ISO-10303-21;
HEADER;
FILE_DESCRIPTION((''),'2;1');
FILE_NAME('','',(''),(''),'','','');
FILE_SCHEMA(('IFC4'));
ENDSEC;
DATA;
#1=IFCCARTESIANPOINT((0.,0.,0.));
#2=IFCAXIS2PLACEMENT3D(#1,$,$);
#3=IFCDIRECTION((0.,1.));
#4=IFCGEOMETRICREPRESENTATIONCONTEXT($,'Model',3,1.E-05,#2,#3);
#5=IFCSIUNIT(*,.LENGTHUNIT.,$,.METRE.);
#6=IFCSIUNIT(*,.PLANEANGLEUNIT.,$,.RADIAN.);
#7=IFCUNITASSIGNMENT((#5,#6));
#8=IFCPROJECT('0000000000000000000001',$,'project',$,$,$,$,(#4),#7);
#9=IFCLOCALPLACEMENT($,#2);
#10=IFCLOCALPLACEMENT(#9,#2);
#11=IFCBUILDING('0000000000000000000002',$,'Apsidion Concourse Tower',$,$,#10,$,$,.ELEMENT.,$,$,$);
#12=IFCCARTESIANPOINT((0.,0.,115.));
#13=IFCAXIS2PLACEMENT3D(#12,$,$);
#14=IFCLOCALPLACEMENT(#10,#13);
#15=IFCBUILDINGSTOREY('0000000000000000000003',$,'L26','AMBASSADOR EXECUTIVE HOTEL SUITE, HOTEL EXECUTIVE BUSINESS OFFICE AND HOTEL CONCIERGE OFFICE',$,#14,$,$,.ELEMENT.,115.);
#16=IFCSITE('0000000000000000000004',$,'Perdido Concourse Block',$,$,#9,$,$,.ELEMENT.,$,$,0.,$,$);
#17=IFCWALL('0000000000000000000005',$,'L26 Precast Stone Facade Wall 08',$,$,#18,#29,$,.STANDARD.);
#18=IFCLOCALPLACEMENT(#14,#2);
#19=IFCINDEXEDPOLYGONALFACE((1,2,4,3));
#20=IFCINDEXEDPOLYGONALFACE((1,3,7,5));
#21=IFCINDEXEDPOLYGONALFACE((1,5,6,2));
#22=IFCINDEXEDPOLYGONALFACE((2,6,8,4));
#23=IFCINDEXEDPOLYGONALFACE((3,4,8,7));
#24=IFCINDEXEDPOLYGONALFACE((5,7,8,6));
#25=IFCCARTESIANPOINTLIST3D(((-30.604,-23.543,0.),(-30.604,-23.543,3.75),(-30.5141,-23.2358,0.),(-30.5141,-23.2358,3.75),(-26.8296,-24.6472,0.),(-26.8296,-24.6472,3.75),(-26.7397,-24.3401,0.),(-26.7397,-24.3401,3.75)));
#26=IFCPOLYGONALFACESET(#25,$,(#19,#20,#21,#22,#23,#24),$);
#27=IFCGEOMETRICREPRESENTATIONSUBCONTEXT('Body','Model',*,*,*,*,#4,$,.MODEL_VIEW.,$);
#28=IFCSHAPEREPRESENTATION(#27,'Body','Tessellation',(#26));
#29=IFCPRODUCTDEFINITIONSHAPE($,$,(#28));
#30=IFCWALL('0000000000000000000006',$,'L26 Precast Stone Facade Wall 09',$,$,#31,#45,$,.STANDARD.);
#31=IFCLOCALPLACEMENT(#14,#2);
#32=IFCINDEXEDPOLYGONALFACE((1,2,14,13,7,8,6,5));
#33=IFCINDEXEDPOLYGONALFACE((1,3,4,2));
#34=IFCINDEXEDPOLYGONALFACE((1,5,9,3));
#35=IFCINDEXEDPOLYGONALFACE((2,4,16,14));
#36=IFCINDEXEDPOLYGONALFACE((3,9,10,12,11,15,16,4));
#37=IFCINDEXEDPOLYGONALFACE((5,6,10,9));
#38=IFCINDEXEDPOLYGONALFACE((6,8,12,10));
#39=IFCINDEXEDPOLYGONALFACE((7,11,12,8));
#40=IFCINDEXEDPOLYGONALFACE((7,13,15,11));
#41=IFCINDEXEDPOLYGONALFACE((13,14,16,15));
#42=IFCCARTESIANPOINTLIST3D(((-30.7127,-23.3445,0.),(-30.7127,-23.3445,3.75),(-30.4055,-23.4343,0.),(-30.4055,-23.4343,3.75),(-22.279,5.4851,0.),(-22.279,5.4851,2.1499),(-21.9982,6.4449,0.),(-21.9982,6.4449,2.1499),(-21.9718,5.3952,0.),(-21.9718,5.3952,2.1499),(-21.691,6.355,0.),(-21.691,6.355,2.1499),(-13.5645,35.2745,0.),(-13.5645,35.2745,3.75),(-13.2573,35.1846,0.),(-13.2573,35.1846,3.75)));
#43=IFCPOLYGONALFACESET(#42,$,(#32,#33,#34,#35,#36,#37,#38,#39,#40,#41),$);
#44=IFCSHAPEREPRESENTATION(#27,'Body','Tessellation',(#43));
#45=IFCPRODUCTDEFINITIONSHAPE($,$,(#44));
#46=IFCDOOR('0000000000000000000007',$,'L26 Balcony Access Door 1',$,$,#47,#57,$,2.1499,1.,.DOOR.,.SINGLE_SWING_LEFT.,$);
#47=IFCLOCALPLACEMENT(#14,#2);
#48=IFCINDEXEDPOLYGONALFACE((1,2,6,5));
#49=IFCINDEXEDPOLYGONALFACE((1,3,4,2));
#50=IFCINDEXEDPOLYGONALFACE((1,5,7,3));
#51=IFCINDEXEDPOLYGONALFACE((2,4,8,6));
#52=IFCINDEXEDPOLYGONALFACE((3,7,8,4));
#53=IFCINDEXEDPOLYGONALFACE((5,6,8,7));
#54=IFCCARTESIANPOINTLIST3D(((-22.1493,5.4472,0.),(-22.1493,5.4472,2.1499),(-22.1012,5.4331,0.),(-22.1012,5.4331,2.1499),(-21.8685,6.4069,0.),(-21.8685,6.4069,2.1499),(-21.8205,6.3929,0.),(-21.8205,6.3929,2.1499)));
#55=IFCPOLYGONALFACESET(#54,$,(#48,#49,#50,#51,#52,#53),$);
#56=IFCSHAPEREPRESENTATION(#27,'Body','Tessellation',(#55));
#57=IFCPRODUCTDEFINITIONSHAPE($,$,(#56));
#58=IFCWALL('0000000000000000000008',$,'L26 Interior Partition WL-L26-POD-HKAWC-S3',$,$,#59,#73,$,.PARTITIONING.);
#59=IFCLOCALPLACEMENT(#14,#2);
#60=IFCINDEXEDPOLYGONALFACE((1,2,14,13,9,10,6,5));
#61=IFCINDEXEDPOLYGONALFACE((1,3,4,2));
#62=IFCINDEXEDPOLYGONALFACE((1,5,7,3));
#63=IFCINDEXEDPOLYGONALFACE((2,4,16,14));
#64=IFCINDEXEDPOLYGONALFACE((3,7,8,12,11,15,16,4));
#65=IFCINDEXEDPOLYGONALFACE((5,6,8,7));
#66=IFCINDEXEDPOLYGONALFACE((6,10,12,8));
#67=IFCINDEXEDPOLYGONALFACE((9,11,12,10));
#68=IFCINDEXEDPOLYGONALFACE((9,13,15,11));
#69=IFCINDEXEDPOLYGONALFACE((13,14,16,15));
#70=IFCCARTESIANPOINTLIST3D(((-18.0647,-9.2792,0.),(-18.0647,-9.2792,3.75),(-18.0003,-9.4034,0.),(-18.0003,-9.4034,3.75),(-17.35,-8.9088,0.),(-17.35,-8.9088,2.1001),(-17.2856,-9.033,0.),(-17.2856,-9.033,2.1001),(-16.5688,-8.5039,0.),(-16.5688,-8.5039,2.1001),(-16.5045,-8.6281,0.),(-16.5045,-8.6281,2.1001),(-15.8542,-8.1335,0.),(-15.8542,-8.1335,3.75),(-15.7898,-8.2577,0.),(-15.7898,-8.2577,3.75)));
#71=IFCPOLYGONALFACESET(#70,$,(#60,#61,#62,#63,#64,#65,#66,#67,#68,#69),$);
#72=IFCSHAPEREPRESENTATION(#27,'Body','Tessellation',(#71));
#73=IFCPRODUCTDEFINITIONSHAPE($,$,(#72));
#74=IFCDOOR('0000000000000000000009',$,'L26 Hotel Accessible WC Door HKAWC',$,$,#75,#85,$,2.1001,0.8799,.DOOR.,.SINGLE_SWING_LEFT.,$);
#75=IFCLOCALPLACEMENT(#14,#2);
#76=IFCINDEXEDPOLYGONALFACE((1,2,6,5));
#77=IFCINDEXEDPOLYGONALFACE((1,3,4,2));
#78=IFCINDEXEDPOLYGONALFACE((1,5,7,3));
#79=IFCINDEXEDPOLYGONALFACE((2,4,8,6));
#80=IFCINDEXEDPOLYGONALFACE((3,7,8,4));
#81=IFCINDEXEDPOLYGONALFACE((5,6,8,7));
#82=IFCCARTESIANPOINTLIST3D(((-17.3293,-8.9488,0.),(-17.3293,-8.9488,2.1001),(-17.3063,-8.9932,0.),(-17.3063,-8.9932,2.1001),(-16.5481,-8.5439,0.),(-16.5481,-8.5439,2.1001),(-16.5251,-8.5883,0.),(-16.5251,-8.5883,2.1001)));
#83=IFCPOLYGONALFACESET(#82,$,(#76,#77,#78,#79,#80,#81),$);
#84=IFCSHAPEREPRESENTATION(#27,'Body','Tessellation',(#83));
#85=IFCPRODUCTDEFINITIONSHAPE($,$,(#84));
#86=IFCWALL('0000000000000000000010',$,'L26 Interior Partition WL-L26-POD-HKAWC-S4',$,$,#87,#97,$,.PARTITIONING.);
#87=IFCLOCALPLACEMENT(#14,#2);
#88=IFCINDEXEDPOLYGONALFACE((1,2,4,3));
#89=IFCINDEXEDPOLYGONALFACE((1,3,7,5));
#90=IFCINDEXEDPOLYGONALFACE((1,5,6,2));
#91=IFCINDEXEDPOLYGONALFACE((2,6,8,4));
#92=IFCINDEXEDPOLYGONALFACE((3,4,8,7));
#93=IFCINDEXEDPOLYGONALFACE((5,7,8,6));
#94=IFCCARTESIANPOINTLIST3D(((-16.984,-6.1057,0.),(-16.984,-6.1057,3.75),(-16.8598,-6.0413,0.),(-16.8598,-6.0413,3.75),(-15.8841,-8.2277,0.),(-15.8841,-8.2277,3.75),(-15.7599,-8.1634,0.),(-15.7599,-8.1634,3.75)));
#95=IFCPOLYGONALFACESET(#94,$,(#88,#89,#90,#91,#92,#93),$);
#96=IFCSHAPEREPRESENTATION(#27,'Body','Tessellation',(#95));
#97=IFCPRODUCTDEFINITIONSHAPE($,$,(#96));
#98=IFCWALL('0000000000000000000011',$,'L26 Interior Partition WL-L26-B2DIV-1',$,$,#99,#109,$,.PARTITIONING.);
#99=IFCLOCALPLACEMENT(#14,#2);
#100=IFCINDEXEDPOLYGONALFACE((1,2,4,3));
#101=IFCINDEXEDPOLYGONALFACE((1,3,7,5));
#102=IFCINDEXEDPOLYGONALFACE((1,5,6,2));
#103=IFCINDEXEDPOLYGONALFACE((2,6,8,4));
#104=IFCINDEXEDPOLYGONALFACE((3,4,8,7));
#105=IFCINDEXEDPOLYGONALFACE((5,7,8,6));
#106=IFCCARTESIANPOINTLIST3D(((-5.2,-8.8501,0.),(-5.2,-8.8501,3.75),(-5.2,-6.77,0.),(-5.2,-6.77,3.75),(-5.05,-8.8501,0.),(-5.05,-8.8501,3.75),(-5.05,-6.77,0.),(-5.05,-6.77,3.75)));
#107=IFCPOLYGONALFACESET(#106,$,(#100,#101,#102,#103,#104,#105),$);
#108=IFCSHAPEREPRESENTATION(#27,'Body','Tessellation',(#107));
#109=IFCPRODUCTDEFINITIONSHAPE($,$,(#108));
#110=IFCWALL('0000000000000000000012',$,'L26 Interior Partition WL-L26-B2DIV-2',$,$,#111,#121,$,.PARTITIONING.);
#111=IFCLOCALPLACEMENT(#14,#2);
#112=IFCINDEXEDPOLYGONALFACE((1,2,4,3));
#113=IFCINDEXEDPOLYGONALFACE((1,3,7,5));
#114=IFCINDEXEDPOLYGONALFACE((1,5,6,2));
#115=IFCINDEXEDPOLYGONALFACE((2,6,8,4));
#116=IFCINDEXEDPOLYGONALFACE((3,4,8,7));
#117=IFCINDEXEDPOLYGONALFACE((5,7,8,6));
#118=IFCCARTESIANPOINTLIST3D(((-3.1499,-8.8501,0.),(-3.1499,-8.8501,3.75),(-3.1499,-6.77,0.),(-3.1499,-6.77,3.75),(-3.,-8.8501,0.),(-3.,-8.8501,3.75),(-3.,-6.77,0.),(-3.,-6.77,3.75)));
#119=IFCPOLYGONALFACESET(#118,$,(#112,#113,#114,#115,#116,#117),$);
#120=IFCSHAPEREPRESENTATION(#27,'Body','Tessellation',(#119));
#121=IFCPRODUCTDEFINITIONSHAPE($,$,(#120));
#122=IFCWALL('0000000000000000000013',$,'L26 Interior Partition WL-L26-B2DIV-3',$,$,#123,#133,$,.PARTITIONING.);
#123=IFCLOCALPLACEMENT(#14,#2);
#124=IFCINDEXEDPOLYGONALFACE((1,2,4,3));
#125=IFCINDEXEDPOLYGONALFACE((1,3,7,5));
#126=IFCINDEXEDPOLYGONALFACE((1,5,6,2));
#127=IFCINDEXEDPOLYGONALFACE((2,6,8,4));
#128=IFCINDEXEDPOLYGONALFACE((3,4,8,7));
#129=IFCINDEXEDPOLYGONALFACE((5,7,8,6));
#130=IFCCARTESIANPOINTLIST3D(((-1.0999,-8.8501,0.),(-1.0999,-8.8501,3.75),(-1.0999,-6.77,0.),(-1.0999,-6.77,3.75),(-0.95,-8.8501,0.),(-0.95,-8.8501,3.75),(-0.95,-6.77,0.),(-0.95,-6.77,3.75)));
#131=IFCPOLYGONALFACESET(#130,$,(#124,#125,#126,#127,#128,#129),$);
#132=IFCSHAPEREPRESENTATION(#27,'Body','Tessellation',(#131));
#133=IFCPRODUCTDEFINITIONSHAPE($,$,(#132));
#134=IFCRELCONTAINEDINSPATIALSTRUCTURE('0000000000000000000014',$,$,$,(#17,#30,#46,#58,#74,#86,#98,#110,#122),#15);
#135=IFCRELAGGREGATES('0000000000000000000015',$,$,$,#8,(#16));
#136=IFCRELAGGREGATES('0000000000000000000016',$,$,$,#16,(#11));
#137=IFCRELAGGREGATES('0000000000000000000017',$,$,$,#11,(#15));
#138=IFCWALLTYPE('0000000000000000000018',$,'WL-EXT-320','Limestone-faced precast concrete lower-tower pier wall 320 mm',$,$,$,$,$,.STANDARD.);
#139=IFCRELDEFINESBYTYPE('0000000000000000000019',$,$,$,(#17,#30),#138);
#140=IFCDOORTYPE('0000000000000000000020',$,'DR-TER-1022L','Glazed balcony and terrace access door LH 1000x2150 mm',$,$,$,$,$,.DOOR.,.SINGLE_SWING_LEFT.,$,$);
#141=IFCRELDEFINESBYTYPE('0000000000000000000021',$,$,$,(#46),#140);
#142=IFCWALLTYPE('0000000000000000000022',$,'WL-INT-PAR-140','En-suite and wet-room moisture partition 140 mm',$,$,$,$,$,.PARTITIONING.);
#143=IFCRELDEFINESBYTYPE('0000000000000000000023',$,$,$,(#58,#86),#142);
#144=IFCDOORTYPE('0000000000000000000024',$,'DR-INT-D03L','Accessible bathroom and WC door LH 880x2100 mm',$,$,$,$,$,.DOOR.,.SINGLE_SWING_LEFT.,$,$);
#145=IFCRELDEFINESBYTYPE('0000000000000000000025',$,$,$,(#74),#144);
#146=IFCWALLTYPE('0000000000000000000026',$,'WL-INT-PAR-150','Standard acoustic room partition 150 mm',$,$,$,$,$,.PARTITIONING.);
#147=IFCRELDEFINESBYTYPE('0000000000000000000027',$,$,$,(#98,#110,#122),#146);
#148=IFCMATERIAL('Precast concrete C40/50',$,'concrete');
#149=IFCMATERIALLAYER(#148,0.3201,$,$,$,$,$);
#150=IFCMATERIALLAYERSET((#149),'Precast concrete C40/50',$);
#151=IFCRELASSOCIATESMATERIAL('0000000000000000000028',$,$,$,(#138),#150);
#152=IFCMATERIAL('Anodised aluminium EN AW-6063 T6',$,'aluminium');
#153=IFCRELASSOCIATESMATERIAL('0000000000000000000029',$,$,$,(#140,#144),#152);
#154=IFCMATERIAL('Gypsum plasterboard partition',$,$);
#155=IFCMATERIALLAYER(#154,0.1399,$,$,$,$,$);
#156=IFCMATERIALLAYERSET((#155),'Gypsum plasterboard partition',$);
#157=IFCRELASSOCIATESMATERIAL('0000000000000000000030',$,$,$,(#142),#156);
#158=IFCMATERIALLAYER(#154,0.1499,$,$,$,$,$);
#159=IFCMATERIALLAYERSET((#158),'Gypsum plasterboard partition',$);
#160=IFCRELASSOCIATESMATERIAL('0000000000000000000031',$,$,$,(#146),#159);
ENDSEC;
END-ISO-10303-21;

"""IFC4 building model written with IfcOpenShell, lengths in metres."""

from ifc_helpers import new_model, si_unit, direction, frame, frame_2d, origin, place, context, subcontext, project, spatial, rectangle, extrude, material, layer, layer_set, type_object, element, fill, save


model = new_model("IFC4")

# Units and contexts
model_context = context("Model", 3, precision=1e-05, world=origin(), true_north=direction((0.0, 1.0)))
body_context = subcontext(model_context, "Body", "Model", "MODEL_VIEW")
ifc_project = project(units=[si_unit("LENGTHUNIT", "METRE"), si_unit("PLANEANGLEUNIT", "RADIAN")], contexts=[model_context])

# Site, building, storey
site_placement = place(None, origin())
site = spatial("IfcSite", under=ifc_project, at=site_placement, Name="Perdido Concourse Block", CompositionType="ELEMENT", RefElevation=0.0)
building_placement = place(site_placement, origin())
building = spatial("IfcBuilding", under=site, at=building_placement, Name="Apsidion Concourse Tower", CompositionType="ELEMENT")
storey_placement = place(building_placement, frame((0.0, 0.0, 115.0)))
storey = spatial("IfcBuildingStorey", under=building, at=storey_placement, Name="L26", Description="AMBASSADOR EXECUTIVE HOTEL SUITE, HOTEL EXECUTIVE BUSINESS OFFICE AND HOTEL CONCIERGE OFFICE", CompositionType="ELEMENT", Elevation=115.0)

# Wall
ifc_material_1 = material(Name="Precast concrete C40/50", Category="concrete")
ifc_layer_1 = layer(ifc_material_1, 0.3201)
ifc_layer_set_1 = layer_set([ifc_layer_1], Name="Precast concrete C40/50")
wall_type_1 = type_object("IfcWallType", Name="WL-EXT-320", Description="Limestone-faced precast concrete lower-tower pier wall 320 mm", PredefinedType="STANDARD", material=ifc_layer_set_1)
wall_1_placement = place(storey_placement, frame((-26.7847, -24.4937, 0.0), z_axis=(0.0, 0.0, 1.0), x_axis=(-0.959769, 0.280791, 0.0)))
element("IfcWall", 1, at=wall_1_placement, inside=storey, type_object=wall_type_1, Name="L26 Precast Stone Facade Wall 08", PredefinedType="STANDARD", context=body_context, shape_type="SweptSolid", body=[
    extrude(rectangle(XDim=3.9326, YDim=0.3201, at=frame_2d((1.9663, 0.0))), origin(), (0.0, 0.0, 1.0), 3.75),
])

# Walls, openings, doors
wall_2_placement = place(storey_placement, frame((-30.5591, -23.3894, 0.0), z_axis=(0.0, 0.0, 1.0), x_axis=(0.28077, 0.959775, 0.0)))
wall_2 = element("IfcWall", 2, at=wall_2_placement, inside=storey, type_object=wall_type_1, Name="L26 Precast Stone Facade Wall 09", PredefinedType="STANDARD", context=body_context, shape_type="SweptSolid", body=[
    extrude(rectangle(XDim=61.0757, YDim=0.3201, at=frame_2d((30.5378, 0.0))), origin(), (0.0, 0.0, 1.0), 3.75),
])
opening_1_placement = place(wall_2_placement, frame((30.0378, 0.0, 0.0)))
opening_1 = element("IfcOpeningElement", 3, at=opening_1_placement, cuts=wall_2, PredefinedType="OPENING", context=body_context, shape_type="SweptSolid", body=[
    extrude(rectangle(XDim=1.0, YDim=2.1499, at=frame_2d((0.5, 1.075))), frame((0.0, 0.1699, 0.0), z_axis=(0.0, -1.0, 0.0), x_axis=(1.0, 0.0, 0.0)), (0.0, 0.0, 1.0), 0.3401),
])
ifc_material_2 = material(Name="Anodised aluminium EN AW-6063 T6", Category="aluminium")
door_type_1 = type_object("IfcDoorType", Name="DR-TER-1022L", Description="Glazed balcony and terrace access door LH 1000x2150 mm", OperationType="SINGLE_SWING_LEFT", PredefinedType="DOOR", material=ifc_material_2)
door_1_placement = place(opening_1_placement, origin())
door_1 = element("IfcDoor", 4, at=door_1_placement, inside=storey, type_object=door_type_1, Name="L26 Balcony Access Door 1", OperationType="SINGLE_SWING_LEFT", OverallHeight=2.1499, OverallWidth=1.0, PredefinedType="DOOR", context=body_context, shape_type="SweptSolid", body=[
    extrude(rectangle(XDim=1.0, YDim=2.1499, at=frame_2d((0.5, 1.075))), frame((0.0, 0.0249, 0.0), z_axis=(0.0, -1.0, 0.0), x_axis=(1.0, 0.0, 0.0)), (0.0, 0.0, 1.0), 0.05),
])
fill(opening_1, door_1)
ifc_material_3 = material(Name="Gypsum plasterboard partition")
ifc_layer_2 = layer(ifc_material_3, 0.1399)
ifc_layer_set_2 = layer_set([ifc_layer_2], Name="Gypsum plasterboard partition")
wall_type_2 = type_object("IfcWallType", Name="WL-INT-PAR-140", Description="En-suite and wet-room moisture partition 140 mm", PredefinedType="PARTITIONING", material=ifc_layer_set_2)
wall_3_placement = place(storey_placement, frame((-18.0325, -9.3413, 0.0), z_axis=(0.0, 0.0, 1.0), x_axis=(0.887821, 0.460188, 0.0)))
wall_3 = element("IfcWall", 5, at=wall_3_placement, inside=storey, type_object=wall_type_2, Name="L26 Interior Partition WL-L26-POD-HKAWC-S3", PredefinedType="PARTITIONING", context=body_context, shape_type="SweptSolid", body=[
    extrude(rectangle(XDim=2.4897, YDim=0.1399, at=frame_2d((1.2449, 0.0))), origin(), (0.0, 0.0, 1.0), 3.75),
])
opening_2_placement = place(wall_3_placement, frame((0.8049, 0.0, 0.0)))
opening_2 = element("IfcOpeningElement", 6, at=opening_2_placement, cuts=wall_3, PredefinedType="OPENING", context=body_context, shape_type="SweptSolid", body=[
    extrude(rectangle(XDim=0.8799, YDim=2.1001, at=frame_2d((0.4399, 1.05))), frame((0.0, 0.0801, 0.0), z_axis=(0.0, -1.0, 0.0), x_axis=(1.0, 0.0, 0.0)), (0.0, 0.0, 1.0), 0.1599),
])
door_type_2 = type_object("IfcDoorType", Name="DR-INT-D03L", Description="Accessible bathroom and WC door LH 880x2100 mm", OperationType="SINGLE_SWING_LEFT", PredefinedType="DOOR", material=ifc_material_2)
door_2_placement = place(opening_2_placement, origin())
door_2 = element("IfcDoor", 7, at=door_2_placement, inside=storey, type_object=door_type_2, Name="L26 Hotel Accessible WC Door HKAWC", OperationType="SINGLE_SWING_LEFT", OverallHeight=2.1001, OverallWidth=0.8799, PredefinedType="DOOR", context=body_context, shape_type="SweptSolid", body=[
    extrude(rectangle(XDim=0.8799, YDim=2.1001, at=frame_2d((0.4399, 1.05))), frame((0.0, 0.0249, 0.0), z_axis=(0.0, -1.0, 0.0), x_axis=(1.0, 0.0, 0.0)), (0.0, 0.0, 1.0), 0.05),
])
fill(opening_2, door_2)

# Walls
wall_4_placement = place(storey_placement, frame((-15.822, -8.1956, 0.0), z_axis=(0.0, 0.0, 1.0), x_axis=(-0.460159, 0.887836, 0.0)))
element("IfcWall", 8, at=wall_4_placement, inside=storey, type_object=wall_type_2, Name="L26 Interior Partition WL-L26-POD-HKAWC-S4", PredefinedType="PARTITIONING", context=body_context, shape_type="SweptSolid", body=[
    extrude(rectangle(XDim=2.3901, YDim=0.1399, at=frame_2d((1.1951, 0.0))), origin(), (0.0, 0.0, 1.0), 3.75),
])
ifc_layer_3 = layer(ifc_material_3, 0.1499)
ifc_layer_set_3 = layer_set([ifc_layer_3], Name="Gypsum plasterboard partition")
wall_type_3 = type_object("IfcWallType", Name="WL-INT-PAR-150", Description="Standard acoustic room partition 150 mm", PredefinedType="PARTITIONING", material=ifc_layer_set_3)
for number, where, z_axis, x_axis, name in (
    (9, (-5.125, -8.8501, 0.0), (0.0, 0.0, 1.0), (0.0, 1.0, 0.0), "L26 Interior Partition WL-L26-B2DIV-1"),
    (10, (-3.075, -8.8501, 0.0), (0.0, 0.0, 1.0), (0.0, 1.0, 0.0), "L26 Interior Partition WL-L26-B2DIV-2"),
    (11, (-1.0249, -8.8501, 0.0), (0.0, 0.0, 1.0), (0.0, 1.0, 0.0), "L26 Interior Partition WL-L26-B2DIV-3"),
):
    element("IfcWall", number, at=place(storey_placement, frame(where, z_axis=z_axis, x_axis=x_axis)), inside=storey, type_object=wall_type_3, Name=name, PredefinedType="PARTITIONING", context=body_context, shape_type="SweptSolid", body=[
        extrude(rectangle(XDim=2.0801, YDim=0.1499, at=frame_2d((1.04, 0.0))), origin(), (0.0, 0.0, 1.0), 3.75),
    ])

save(model, "model.ifc")
